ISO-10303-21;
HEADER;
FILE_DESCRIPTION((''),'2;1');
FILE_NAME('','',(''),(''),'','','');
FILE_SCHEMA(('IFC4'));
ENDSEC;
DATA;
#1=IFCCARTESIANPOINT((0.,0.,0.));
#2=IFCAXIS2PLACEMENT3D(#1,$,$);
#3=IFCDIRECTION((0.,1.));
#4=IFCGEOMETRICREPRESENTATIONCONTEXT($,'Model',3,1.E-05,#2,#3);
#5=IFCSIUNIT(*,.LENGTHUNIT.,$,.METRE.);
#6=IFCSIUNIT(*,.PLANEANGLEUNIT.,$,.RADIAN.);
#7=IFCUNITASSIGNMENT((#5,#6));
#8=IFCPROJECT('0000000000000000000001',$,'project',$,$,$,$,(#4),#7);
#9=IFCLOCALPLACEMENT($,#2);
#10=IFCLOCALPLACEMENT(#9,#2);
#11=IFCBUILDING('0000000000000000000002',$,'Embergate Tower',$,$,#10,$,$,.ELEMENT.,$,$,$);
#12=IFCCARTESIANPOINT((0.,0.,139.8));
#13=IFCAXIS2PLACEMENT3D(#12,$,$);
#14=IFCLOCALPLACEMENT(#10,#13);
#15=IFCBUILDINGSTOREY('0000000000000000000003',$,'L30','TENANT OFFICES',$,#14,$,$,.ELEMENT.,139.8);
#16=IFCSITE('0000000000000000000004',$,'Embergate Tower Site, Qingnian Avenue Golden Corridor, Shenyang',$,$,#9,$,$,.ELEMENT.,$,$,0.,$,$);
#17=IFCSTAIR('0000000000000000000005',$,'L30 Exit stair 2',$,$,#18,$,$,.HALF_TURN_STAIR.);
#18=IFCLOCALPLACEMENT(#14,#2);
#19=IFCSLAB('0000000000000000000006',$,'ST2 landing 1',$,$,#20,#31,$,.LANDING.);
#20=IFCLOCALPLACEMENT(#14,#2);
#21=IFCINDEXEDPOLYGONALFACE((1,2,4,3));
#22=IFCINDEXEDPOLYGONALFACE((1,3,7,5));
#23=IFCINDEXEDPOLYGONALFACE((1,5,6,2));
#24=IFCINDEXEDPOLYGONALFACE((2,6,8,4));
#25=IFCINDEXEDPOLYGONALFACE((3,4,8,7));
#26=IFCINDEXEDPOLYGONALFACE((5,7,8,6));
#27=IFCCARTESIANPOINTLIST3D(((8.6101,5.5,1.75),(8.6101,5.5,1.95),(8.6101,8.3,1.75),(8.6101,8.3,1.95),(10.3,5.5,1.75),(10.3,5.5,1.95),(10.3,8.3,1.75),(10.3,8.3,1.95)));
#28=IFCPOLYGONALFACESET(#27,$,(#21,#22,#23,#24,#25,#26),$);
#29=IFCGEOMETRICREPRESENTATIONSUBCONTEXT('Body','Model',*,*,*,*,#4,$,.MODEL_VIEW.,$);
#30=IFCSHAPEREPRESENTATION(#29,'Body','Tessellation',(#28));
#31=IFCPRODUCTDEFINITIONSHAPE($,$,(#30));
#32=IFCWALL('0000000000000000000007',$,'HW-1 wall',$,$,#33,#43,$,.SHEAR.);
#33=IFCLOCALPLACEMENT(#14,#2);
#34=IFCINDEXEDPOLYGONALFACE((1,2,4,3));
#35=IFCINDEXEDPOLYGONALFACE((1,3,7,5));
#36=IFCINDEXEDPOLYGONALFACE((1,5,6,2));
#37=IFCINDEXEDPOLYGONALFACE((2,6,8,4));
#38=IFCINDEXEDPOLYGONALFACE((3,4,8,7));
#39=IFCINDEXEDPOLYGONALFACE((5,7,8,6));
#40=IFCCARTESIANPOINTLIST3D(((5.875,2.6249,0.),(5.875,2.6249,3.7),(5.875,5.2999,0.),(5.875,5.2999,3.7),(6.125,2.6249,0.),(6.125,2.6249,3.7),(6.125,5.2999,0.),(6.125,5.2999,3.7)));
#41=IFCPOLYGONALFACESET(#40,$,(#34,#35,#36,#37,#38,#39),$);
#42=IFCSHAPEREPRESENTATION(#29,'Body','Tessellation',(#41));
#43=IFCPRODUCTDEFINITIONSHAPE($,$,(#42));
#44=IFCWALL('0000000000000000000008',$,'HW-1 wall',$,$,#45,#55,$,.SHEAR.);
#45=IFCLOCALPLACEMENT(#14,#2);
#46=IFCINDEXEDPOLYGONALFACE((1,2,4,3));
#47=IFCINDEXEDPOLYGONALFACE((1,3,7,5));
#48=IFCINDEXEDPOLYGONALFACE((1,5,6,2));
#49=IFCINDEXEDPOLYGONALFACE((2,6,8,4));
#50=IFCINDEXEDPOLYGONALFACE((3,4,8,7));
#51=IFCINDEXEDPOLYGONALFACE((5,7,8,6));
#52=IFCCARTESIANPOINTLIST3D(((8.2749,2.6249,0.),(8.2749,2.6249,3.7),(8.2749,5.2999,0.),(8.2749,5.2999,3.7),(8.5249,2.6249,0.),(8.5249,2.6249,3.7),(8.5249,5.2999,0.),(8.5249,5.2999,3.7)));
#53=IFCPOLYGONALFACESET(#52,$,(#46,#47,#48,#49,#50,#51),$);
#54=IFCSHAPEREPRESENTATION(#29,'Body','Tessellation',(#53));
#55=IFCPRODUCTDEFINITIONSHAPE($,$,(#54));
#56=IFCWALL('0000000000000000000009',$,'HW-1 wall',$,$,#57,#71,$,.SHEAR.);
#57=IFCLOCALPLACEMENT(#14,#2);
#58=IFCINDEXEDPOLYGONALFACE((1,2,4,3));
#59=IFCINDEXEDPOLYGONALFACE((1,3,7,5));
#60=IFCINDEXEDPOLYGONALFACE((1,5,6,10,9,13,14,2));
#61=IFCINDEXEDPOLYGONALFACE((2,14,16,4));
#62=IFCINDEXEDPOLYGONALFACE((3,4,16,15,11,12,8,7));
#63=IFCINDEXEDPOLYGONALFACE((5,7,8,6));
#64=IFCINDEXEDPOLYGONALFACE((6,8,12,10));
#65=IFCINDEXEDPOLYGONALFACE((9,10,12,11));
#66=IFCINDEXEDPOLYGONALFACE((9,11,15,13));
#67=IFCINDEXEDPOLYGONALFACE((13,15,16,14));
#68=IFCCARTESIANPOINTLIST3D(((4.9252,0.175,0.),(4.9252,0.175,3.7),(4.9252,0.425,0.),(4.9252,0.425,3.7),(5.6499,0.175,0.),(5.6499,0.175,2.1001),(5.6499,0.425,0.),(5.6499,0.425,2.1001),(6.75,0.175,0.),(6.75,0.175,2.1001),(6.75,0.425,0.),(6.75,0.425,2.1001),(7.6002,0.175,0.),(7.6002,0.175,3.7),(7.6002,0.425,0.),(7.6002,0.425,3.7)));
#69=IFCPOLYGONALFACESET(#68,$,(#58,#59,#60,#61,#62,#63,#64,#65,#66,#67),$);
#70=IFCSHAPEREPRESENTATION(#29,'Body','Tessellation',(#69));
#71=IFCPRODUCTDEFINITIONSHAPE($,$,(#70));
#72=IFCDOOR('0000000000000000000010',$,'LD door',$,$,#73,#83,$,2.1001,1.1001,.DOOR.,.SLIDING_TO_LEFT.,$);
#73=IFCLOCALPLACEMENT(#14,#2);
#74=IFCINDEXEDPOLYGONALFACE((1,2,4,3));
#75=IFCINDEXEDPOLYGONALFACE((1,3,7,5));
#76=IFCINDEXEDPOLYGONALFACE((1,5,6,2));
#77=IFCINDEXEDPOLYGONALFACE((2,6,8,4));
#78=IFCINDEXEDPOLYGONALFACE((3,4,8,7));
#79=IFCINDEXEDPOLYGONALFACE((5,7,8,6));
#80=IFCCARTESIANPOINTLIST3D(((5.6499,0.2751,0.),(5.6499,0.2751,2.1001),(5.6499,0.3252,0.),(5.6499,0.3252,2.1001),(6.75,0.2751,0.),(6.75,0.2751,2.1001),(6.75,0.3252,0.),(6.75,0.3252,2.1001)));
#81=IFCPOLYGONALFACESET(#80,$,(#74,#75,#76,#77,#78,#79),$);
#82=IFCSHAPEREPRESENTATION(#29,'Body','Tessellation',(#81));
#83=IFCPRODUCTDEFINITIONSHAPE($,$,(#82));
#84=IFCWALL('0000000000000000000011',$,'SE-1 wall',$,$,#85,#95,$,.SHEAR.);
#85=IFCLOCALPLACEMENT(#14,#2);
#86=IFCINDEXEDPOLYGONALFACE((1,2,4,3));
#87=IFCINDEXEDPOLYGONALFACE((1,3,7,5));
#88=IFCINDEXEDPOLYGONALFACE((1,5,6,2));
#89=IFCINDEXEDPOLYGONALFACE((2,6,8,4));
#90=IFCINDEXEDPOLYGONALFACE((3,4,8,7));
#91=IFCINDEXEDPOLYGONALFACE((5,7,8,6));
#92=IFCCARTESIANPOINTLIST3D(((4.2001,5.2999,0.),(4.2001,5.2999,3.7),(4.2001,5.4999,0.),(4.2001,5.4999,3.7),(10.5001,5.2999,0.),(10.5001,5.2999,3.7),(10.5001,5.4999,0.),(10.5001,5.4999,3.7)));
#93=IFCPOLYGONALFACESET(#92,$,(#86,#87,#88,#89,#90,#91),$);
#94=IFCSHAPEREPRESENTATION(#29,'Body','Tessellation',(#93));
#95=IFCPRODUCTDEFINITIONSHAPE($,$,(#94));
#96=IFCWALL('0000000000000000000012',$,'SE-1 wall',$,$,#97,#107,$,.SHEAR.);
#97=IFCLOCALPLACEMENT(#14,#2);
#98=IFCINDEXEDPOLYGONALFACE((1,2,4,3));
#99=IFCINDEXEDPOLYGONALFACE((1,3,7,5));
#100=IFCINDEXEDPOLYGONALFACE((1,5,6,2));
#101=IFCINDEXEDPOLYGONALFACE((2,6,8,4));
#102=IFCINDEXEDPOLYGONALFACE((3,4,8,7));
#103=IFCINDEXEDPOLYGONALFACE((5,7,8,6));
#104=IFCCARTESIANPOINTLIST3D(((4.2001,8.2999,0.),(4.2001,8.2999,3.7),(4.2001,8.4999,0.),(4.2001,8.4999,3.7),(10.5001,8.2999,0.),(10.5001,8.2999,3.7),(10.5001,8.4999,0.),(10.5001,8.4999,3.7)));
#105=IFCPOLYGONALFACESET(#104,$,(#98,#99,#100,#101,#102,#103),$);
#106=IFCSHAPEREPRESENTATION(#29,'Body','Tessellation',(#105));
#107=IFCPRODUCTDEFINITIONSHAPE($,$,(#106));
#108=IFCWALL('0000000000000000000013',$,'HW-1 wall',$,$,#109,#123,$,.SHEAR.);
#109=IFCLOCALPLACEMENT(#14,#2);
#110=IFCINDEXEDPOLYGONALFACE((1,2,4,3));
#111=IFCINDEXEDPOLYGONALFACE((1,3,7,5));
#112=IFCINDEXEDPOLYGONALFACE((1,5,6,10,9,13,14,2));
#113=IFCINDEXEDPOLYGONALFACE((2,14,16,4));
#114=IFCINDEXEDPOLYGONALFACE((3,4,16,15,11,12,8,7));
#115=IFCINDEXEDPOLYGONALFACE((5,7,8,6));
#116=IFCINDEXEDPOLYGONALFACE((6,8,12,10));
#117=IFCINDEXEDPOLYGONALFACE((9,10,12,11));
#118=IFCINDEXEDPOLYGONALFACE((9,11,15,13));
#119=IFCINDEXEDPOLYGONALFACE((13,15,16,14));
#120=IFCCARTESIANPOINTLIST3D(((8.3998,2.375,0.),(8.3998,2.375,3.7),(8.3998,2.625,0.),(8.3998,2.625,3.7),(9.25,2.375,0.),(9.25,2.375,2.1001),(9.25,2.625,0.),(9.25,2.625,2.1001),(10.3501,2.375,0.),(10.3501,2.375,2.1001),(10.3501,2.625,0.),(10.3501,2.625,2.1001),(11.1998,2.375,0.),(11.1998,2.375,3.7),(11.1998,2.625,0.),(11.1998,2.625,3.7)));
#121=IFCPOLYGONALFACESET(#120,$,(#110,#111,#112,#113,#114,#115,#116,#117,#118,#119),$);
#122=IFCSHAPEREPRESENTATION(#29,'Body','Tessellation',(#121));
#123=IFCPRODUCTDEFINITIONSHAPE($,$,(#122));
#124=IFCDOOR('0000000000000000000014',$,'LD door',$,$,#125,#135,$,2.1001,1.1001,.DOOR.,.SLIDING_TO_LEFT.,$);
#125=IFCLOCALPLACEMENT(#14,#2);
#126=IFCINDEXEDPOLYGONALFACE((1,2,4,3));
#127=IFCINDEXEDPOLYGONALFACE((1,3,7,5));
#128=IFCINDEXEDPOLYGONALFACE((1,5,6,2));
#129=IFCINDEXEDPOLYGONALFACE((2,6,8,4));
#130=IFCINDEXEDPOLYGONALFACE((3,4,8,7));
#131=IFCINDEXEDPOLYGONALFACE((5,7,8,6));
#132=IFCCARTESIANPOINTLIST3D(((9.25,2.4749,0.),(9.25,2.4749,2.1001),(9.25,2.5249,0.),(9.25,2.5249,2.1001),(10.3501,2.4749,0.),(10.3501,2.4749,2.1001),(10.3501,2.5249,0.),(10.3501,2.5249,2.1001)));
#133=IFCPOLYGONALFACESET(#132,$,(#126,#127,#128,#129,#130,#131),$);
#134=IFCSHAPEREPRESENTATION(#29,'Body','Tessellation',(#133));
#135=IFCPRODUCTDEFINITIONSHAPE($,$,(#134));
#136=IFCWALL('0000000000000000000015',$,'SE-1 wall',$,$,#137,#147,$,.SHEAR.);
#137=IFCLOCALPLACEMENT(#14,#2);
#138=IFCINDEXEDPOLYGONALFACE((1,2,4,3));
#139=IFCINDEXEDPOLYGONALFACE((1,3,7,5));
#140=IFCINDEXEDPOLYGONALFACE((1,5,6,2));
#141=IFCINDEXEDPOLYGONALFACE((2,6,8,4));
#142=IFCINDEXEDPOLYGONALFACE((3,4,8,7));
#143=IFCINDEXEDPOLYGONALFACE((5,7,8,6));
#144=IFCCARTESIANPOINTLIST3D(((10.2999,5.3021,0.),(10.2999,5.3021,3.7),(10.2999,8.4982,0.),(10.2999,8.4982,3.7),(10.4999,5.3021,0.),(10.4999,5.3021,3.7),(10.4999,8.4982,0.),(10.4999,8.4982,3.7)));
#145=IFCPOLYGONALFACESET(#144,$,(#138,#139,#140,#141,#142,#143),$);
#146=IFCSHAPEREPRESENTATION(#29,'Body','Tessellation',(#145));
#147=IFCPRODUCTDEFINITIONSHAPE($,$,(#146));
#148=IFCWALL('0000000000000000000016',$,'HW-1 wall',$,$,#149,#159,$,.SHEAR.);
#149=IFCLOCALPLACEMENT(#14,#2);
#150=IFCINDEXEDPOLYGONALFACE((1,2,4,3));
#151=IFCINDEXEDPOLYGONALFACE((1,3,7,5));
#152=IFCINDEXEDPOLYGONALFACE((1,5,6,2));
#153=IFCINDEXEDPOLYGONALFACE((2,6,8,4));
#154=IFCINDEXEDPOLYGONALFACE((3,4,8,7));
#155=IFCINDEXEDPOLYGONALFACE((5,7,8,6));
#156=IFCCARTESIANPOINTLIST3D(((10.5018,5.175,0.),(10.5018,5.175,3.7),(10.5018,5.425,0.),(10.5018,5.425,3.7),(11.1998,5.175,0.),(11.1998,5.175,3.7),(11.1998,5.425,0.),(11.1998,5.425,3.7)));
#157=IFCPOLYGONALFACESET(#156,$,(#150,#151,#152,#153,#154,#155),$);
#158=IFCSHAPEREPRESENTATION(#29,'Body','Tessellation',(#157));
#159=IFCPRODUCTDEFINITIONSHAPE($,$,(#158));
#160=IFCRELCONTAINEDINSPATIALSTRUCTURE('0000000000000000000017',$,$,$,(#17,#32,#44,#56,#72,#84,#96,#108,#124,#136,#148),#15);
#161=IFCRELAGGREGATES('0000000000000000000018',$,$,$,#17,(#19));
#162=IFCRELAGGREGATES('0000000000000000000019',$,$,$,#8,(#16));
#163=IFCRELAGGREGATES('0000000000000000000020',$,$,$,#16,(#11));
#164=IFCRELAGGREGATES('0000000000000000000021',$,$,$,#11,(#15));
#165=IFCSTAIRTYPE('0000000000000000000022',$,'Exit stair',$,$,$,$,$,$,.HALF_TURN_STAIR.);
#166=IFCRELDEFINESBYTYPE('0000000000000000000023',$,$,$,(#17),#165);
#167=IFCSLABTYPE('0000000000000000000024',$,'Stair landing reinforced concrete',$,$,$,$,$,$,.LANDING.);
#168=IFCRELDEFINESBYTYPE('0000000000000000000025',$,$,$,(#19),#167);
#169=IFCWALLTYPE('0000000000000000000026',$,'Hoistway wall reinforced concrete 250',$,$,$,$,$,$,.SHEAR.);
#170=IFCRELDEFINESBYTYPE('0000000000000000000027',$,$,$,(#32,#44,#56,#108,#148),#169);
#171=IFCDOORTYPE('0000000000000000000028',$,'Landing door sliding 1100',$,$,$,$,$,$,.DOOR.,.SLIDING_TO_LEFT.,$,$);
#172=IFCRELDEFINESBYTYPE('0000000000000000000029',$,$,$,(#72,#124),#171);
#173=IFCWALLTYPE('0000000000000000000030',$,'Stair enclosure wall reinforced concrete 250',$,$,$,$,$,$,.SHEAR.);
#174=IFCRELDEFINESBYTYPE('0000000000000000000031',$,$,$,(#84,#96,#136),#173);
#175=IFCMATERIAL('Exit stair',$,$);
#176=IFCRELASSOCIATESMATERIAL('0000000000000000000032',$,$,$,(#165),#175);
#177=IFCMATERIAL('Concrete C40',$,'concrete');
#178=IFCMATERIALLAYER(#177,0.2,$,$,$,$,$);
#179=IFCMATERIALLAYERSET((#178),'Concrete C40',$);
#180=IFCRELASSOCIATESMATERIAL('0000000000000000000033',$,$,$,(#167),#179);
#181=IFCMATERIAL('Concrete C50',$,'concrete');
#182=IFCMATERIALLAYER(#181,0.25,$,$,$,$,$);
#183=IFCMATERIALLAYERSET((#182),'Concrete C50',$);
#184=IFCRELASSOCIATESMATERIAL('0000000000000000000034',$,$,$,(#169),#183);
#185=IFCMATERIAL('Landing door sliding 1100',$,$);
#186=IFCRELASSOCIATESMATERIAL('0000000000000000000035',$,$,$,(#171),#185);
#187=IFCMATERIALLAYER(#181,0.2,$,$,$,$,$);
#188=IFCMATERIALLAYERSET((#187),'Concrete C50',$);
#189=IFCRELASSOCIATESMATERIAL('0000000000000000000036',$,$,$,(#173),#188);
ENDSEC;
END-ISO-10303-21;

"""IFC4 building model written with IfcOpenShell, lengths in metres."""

from ifc_helpers import new_model, si_unit, direction, frame, frame_2d, origin, place, context, subcontext, project, spatial, polyline, rectangle, outline, extrude, source, transform, mapped, material, layer, layer_set, type_object, element, fill, aggregate, save


model = new_model("IFC4")

# Units and contexts
model_context = context("Model", 3, precision=1e-05, world=origin(), true_north=direction((0.0, 1.0)))
body_context = subcontext(model_context, "Body", "Model", "MODEL_VIEW")
ifc_project = project(units=[si_unit("LENGTHUNIT", "METRE"), si_unit("PLANEANGLEUNIT", "RADIAN")], contexts=[model_context])

# Site, building, storey
site_placement = place(None, origin())
site = spatial("IfcSite", under=ifc_project, at=site_placement, Name="Embergate Tower Site, Qingnian Avenue Golden Corridor, Shenyang", CompositionType="ELEMENT", RefElevation=0.0)
building_placement = place(site_placement, origin())
building = spatial("IfcBuilding", under=site, at=building_placement, Name="Embergate Tower", CompositionType="ELEMENT")
storey_placement = place(building_placement, frame((0.0, 0.0, 139.8)))
storey = spatial("IfcBuildingStorey", under=building, at=storey_placement, Name="L30", Description="TENANT OFFICES", CompositionType="ELEMENT", Elevation=139.8)

# Stair, slab
ifc_material_1 = material(Name="Exit stair")
stair_type = type_object("IfcStairType", Name="Exit stair", PredefinedType="HALF_TURN_STAIR", material=ifc_material_1)
stair_placement = place(storey_placement, origin())
stair = element("IfcStair", 1, at=stair_placement, inside=storey, type_object=stair_type, Name="L30 Exit stair 2", PredefinedType="HALF_TURN_STAIR")
ifc_material_2 = material(Name="Concrete C40", Category="concrete")
ifc_layer_1 = layer(ifc_material_2, 0.2)
ifc_layer_set_1 = layer_set([ifc_layer_1], Name="Concrete C40")
slab_type = type_object("IfcSlabType", Name="Stair landing reinforced concrete", PredefinedType="LANDING", material=ifc_layer_set_1)
shared_shape_1 = source(origin(), body_context, "Body", "SweptSolid", [
    extrude(outline(polyline([(0.0, 0.0), (1.6899, 0.0), (1.6899, 2.8), (0.0, 2.8), (0.0, 0.0)])), origin(), (0.0, 0.0, 1.0), 0.2),
])
slab_placement = place(storey_placement, frame((8.6101, 5.5, 1.75)))
slab = element("IfcSlab", 2, at=slab_placement, type_object=slab_type, Name="ST2 landing 1", PredefinedType="LANDING", context=body_context, shape_type="MappedRepresentation", body=[
    mapped(shared_shape_1, transform((0.0, 0.0, 0.0))),
])

# Walls
ifc_material_3 = material(Name="Concrete C50", Category="concrete")
ifc_layer_2 = layer(ifc_material_3, 0.25)
ifc_layer_set_2 = layer_set([ifc_layer_2], Name="Concrete C50")
wall_type_1 = type_object("IfcWallType", Name="Hoistway wall reinforced concrete 250", PredefinedType="SHEAR", material=ifc_layer_set_2)
shared_shape_2 = source(origin(), body_context, "Body", "SweptSolid", [
    extrude(rectangle(XDim=2.675, YDim=0.25, at=frame_2d((1.3374, 0.0))), origin(), (0.0, 0.0, 1.0), 3.7),
])
for number, where, z_axis, x_axis, name in (
    (3, (6.0, 2.625, 0.0), (0.0, 0.0, 1.0), (0.0, 1.0, 0.0), "HW-1 wall"),
    (4, (8.3999, 2.625, 0.0), (0.0, 0.0, 1.0), (0.0, 1.0, 0.0), "HW-1 wall"),
):
    element("IfcWall", number, at=place(storey_placement, frame(where, z_axis=z_axis, x_axis=x_axis)), inside=storey, type_object=wall_type_1, Name=name, PredefinedType="SHEAR", context=body_context, shape_type="MappedRepresentation", body=[
        mapped(shared_shape_2, transform((0.0, 0.0, 0.0))),
    ])

# Wall, opening, door
wall_1_placement = place(storey_placement, frame((7.6001, 0.3, 0.0), z_axis=(0.0, 0.0, 1.0), x_axis=(-1.0, 0.0, 0.0)))
wall_1 = element("IfcWall", 5, at=wall_1_placement, inside=storey, type_object=wall_type_1, Name="HW-1 wall", PredefinedType="SHEAR", context=body_context, shape_type="MappedRepresentation", body=[
    mapped(shared_shape_2, transform((0.0, 0.0, 0.0))),
])
shared_shape_3 = source(origin(), body_context, "Body", "SweptSolid", [
    extrude(rectangle(XDim=1.1001, YDim=2.1001, at=frame_2d((0.55, 1.05))), frame((0.0, 0.135, 0.0), z_axis=(0.0, -1.0, 0.0), x_axis=(1.0, 0.0, 0.0)), (0.0, 0.0, 1.0), 0.27),
])
opening_1_placement = place(wall_1_placement, frame((0.8501, 0.0, 0.0)))
opening_1 = element("IfcOpeningElement", 6, at=opening_1_placement, cuts=wall_1, PredefinedType="OPENING", context=body_context, shape_type="MappedRepresentation", body=[
    mapped(shared_shape_3, transform((0.0, 0.0, 0.0))),
])
ifc_material_4 = material(Name="Landing door sliding 1100")
door_type_1 = type_object("IfcDoorType", Name="Landing door sliding 1100", OperationType="SLIDING_TO_LEFT", PredefinedType="DOOR", material=ifc_material_4)
shared_shape_4 = source(origin(), body_context, "Body", "SweptSolid", [
    extrude(rectangle(XDim=1.1001, YDim=2.1001, at=frame_2d((0.55, 1.05))), frame((0.0, 0.0249, 0.0), z_axis=(0.0, -1.0, 0.0), x_axis=(1.0, 0.0, 0.0)), (0.0, 0.0, 1.0), 0.05),
])
door_1_placement = place(opening_1_placement, origin())
door_1 = element("IfcDoor", 7, at=door_1_placement, inside=storey, type_object=door_type_1, Name="LD door", OperationType="SLIDING_TO_LEFT", OverallHeight=2.1001, OverallWidth=1.1001, PredefinedType="DOOR", context=body_context, shape_type="MappedRepresentation", body=[
    mapped(shared_shape_4, transform((0.0, 0.0, 0.0))),
])
fill(opening_1, door_1)

# Walls
ifc_layer_3 = layer(ifc_material_3, 0.2)
ifc_layer_set_3 = layer_set([ifc_layer_3], Name="Concrete C50")
wall_type_2 = type_object("IfcWallType", Name="Stair enclosure wall reinforced concrete 250", PredefinedType="SHEAR", material=ifc_layer_set_3)
shared_shape_5 = source(origin(), body_context, "Body", "SweptSolid", [
    extrude(rectangle(XDim=6.3, YDim=0.2, at=frame_2d((3.1499, 0.0))), origin(), (0.0, 0.0, 1.0), 3.7),
])
for number, where, z_axis, x_axis, name in (
    (8, (10.5, 5.3999, 0.0), (0.0, 0.0, 1.0), (-1.0, 0.0, 0.0), "SE-1 wall"),
    (9, (10.5, 8.3999, 0.0), (0.0, 0.0, 1.0), (-1.0, 0.0, 0.0), "SE-1 wall"),
):
    element("IfcWall", number, at=place(storey_placement, frame(where, z_axis=z_axis, x_axis=x_axis)), inside=storey, type_object=wall_type_2, Name=name, PredefinedType="SHEAR", context=body_context, shape_type="MappedRepresentation", body=[
        mapped(shared_shape_5, transform((0.0, 0.0, 0.0))),
    ])

# Wall, opening, door
shared_shape_6 = source(origin(), body_context, "Body", "SweptSolid", [
    extrude(rectangle(XDim=2.8, YDim=0.25, at=frame_2d((1.3999, 0.0))), origin(), (0.0, 0.0, 1.0), 3.7),
])
wall_2_placement = place(storey_placement, frame((8.3999, 2.5, 0.0), z_axis=(0.0, 0.0, 1.0), x_axis=(1.0, 0.0, 0.0)))
wall_2 = element("IfcWall", 10, at=wall_2_placement, inside=storey, type_object=wall_type_1, Name="HW-1 wall", PredefinedType="SHEAR", context=body_context, shape_type="MappedRepresentation", body=[
    mapped(shared_shape_6, transform((0.0, 0.0, 0.0))),
])
opening_2_placement = place(wall_2_placement, frame((0.8501, 0.0, 0.0)))
opening_2 = element("IfcOpeningElement", 11, at=opening_2_placement, cuts=wall_2, PredefinedType="OPENING", context=body_context, shape_type="MappedRepresentation", body=[
    mapped(shared_shape_3, transform((0.0, 0.0, 0.0))),
])
door_2_placement = place(opening_2_placement, origin())
door_2 = element("IfcDoor", 12, at=door_2_placement, inside=storey, type_object=door_type_1, Name="LD door", OperationType="SLIDING_TO_LEFT", OverallHeight=2.1001, OverallWidth=1.1001, PredefinedType="DOOR", context=body_context, shape_type="MappedRepresentation", body=[
    mapped(shared_shape_4, transform((0.0, 0.0, 0.0))),
])
fill(opening_2, door_2)

# Walls
shared_shape_7 = source(origin(), body_context, "Body", "SweptSolid", [
    extrude(rectangle(XDim=3.196, YDim=0.2, at=frame_2d((1.5981, 0.0))), origin(), (0.0, 0.0, 1.0), 3.7),
])
wall_3_placement = place(storey_placement, frame((10.3999, 5.302, 0.0), z_axis=(0.0, 0.0, 1.0), x_axis=(0.0, 1.0, 0.0)))
element("IfcWall", 13, at=wall_3_placement, inside=storey, type_object=wall_type_2, Name="SE-1 wall", PredefinedType="SHEAR", context=body_context, shape_type="MappedRepresentation", body=[
    mapped(shared_shape_7, transform((0.0, 0.0, 0.0))),
])
shared_shape_8 = source(origin(), body_context, "Body", "SweptSolid", [
    extrude(rectangle(XDim=0.698, YDim=0.25, at=frame_2d((0.3491, 0.0))), origin(), (0.0, 0.0, 1.0), 3.7),
])
wall_4_placement = place(storey_placement, frame((11.2, 5.3, 0.0), z_axis=(0.0, 0.0, 1.0), x_axis=(-1.0, 0.0, 0.0)))
element("IfcWall", 14, at=wall_4_placement, inside=storey, type_object=wall_type_1, Name="HW-1 wall", PredefinedType="SHEAR", context=body_context, shape_type="MappedRepresentation", body=[
    mapped(shared_shape_8, transform((0.0, 0.0, 0.0))),
])

aggregate(stair, [slab])

save(model, "model.ifc")
